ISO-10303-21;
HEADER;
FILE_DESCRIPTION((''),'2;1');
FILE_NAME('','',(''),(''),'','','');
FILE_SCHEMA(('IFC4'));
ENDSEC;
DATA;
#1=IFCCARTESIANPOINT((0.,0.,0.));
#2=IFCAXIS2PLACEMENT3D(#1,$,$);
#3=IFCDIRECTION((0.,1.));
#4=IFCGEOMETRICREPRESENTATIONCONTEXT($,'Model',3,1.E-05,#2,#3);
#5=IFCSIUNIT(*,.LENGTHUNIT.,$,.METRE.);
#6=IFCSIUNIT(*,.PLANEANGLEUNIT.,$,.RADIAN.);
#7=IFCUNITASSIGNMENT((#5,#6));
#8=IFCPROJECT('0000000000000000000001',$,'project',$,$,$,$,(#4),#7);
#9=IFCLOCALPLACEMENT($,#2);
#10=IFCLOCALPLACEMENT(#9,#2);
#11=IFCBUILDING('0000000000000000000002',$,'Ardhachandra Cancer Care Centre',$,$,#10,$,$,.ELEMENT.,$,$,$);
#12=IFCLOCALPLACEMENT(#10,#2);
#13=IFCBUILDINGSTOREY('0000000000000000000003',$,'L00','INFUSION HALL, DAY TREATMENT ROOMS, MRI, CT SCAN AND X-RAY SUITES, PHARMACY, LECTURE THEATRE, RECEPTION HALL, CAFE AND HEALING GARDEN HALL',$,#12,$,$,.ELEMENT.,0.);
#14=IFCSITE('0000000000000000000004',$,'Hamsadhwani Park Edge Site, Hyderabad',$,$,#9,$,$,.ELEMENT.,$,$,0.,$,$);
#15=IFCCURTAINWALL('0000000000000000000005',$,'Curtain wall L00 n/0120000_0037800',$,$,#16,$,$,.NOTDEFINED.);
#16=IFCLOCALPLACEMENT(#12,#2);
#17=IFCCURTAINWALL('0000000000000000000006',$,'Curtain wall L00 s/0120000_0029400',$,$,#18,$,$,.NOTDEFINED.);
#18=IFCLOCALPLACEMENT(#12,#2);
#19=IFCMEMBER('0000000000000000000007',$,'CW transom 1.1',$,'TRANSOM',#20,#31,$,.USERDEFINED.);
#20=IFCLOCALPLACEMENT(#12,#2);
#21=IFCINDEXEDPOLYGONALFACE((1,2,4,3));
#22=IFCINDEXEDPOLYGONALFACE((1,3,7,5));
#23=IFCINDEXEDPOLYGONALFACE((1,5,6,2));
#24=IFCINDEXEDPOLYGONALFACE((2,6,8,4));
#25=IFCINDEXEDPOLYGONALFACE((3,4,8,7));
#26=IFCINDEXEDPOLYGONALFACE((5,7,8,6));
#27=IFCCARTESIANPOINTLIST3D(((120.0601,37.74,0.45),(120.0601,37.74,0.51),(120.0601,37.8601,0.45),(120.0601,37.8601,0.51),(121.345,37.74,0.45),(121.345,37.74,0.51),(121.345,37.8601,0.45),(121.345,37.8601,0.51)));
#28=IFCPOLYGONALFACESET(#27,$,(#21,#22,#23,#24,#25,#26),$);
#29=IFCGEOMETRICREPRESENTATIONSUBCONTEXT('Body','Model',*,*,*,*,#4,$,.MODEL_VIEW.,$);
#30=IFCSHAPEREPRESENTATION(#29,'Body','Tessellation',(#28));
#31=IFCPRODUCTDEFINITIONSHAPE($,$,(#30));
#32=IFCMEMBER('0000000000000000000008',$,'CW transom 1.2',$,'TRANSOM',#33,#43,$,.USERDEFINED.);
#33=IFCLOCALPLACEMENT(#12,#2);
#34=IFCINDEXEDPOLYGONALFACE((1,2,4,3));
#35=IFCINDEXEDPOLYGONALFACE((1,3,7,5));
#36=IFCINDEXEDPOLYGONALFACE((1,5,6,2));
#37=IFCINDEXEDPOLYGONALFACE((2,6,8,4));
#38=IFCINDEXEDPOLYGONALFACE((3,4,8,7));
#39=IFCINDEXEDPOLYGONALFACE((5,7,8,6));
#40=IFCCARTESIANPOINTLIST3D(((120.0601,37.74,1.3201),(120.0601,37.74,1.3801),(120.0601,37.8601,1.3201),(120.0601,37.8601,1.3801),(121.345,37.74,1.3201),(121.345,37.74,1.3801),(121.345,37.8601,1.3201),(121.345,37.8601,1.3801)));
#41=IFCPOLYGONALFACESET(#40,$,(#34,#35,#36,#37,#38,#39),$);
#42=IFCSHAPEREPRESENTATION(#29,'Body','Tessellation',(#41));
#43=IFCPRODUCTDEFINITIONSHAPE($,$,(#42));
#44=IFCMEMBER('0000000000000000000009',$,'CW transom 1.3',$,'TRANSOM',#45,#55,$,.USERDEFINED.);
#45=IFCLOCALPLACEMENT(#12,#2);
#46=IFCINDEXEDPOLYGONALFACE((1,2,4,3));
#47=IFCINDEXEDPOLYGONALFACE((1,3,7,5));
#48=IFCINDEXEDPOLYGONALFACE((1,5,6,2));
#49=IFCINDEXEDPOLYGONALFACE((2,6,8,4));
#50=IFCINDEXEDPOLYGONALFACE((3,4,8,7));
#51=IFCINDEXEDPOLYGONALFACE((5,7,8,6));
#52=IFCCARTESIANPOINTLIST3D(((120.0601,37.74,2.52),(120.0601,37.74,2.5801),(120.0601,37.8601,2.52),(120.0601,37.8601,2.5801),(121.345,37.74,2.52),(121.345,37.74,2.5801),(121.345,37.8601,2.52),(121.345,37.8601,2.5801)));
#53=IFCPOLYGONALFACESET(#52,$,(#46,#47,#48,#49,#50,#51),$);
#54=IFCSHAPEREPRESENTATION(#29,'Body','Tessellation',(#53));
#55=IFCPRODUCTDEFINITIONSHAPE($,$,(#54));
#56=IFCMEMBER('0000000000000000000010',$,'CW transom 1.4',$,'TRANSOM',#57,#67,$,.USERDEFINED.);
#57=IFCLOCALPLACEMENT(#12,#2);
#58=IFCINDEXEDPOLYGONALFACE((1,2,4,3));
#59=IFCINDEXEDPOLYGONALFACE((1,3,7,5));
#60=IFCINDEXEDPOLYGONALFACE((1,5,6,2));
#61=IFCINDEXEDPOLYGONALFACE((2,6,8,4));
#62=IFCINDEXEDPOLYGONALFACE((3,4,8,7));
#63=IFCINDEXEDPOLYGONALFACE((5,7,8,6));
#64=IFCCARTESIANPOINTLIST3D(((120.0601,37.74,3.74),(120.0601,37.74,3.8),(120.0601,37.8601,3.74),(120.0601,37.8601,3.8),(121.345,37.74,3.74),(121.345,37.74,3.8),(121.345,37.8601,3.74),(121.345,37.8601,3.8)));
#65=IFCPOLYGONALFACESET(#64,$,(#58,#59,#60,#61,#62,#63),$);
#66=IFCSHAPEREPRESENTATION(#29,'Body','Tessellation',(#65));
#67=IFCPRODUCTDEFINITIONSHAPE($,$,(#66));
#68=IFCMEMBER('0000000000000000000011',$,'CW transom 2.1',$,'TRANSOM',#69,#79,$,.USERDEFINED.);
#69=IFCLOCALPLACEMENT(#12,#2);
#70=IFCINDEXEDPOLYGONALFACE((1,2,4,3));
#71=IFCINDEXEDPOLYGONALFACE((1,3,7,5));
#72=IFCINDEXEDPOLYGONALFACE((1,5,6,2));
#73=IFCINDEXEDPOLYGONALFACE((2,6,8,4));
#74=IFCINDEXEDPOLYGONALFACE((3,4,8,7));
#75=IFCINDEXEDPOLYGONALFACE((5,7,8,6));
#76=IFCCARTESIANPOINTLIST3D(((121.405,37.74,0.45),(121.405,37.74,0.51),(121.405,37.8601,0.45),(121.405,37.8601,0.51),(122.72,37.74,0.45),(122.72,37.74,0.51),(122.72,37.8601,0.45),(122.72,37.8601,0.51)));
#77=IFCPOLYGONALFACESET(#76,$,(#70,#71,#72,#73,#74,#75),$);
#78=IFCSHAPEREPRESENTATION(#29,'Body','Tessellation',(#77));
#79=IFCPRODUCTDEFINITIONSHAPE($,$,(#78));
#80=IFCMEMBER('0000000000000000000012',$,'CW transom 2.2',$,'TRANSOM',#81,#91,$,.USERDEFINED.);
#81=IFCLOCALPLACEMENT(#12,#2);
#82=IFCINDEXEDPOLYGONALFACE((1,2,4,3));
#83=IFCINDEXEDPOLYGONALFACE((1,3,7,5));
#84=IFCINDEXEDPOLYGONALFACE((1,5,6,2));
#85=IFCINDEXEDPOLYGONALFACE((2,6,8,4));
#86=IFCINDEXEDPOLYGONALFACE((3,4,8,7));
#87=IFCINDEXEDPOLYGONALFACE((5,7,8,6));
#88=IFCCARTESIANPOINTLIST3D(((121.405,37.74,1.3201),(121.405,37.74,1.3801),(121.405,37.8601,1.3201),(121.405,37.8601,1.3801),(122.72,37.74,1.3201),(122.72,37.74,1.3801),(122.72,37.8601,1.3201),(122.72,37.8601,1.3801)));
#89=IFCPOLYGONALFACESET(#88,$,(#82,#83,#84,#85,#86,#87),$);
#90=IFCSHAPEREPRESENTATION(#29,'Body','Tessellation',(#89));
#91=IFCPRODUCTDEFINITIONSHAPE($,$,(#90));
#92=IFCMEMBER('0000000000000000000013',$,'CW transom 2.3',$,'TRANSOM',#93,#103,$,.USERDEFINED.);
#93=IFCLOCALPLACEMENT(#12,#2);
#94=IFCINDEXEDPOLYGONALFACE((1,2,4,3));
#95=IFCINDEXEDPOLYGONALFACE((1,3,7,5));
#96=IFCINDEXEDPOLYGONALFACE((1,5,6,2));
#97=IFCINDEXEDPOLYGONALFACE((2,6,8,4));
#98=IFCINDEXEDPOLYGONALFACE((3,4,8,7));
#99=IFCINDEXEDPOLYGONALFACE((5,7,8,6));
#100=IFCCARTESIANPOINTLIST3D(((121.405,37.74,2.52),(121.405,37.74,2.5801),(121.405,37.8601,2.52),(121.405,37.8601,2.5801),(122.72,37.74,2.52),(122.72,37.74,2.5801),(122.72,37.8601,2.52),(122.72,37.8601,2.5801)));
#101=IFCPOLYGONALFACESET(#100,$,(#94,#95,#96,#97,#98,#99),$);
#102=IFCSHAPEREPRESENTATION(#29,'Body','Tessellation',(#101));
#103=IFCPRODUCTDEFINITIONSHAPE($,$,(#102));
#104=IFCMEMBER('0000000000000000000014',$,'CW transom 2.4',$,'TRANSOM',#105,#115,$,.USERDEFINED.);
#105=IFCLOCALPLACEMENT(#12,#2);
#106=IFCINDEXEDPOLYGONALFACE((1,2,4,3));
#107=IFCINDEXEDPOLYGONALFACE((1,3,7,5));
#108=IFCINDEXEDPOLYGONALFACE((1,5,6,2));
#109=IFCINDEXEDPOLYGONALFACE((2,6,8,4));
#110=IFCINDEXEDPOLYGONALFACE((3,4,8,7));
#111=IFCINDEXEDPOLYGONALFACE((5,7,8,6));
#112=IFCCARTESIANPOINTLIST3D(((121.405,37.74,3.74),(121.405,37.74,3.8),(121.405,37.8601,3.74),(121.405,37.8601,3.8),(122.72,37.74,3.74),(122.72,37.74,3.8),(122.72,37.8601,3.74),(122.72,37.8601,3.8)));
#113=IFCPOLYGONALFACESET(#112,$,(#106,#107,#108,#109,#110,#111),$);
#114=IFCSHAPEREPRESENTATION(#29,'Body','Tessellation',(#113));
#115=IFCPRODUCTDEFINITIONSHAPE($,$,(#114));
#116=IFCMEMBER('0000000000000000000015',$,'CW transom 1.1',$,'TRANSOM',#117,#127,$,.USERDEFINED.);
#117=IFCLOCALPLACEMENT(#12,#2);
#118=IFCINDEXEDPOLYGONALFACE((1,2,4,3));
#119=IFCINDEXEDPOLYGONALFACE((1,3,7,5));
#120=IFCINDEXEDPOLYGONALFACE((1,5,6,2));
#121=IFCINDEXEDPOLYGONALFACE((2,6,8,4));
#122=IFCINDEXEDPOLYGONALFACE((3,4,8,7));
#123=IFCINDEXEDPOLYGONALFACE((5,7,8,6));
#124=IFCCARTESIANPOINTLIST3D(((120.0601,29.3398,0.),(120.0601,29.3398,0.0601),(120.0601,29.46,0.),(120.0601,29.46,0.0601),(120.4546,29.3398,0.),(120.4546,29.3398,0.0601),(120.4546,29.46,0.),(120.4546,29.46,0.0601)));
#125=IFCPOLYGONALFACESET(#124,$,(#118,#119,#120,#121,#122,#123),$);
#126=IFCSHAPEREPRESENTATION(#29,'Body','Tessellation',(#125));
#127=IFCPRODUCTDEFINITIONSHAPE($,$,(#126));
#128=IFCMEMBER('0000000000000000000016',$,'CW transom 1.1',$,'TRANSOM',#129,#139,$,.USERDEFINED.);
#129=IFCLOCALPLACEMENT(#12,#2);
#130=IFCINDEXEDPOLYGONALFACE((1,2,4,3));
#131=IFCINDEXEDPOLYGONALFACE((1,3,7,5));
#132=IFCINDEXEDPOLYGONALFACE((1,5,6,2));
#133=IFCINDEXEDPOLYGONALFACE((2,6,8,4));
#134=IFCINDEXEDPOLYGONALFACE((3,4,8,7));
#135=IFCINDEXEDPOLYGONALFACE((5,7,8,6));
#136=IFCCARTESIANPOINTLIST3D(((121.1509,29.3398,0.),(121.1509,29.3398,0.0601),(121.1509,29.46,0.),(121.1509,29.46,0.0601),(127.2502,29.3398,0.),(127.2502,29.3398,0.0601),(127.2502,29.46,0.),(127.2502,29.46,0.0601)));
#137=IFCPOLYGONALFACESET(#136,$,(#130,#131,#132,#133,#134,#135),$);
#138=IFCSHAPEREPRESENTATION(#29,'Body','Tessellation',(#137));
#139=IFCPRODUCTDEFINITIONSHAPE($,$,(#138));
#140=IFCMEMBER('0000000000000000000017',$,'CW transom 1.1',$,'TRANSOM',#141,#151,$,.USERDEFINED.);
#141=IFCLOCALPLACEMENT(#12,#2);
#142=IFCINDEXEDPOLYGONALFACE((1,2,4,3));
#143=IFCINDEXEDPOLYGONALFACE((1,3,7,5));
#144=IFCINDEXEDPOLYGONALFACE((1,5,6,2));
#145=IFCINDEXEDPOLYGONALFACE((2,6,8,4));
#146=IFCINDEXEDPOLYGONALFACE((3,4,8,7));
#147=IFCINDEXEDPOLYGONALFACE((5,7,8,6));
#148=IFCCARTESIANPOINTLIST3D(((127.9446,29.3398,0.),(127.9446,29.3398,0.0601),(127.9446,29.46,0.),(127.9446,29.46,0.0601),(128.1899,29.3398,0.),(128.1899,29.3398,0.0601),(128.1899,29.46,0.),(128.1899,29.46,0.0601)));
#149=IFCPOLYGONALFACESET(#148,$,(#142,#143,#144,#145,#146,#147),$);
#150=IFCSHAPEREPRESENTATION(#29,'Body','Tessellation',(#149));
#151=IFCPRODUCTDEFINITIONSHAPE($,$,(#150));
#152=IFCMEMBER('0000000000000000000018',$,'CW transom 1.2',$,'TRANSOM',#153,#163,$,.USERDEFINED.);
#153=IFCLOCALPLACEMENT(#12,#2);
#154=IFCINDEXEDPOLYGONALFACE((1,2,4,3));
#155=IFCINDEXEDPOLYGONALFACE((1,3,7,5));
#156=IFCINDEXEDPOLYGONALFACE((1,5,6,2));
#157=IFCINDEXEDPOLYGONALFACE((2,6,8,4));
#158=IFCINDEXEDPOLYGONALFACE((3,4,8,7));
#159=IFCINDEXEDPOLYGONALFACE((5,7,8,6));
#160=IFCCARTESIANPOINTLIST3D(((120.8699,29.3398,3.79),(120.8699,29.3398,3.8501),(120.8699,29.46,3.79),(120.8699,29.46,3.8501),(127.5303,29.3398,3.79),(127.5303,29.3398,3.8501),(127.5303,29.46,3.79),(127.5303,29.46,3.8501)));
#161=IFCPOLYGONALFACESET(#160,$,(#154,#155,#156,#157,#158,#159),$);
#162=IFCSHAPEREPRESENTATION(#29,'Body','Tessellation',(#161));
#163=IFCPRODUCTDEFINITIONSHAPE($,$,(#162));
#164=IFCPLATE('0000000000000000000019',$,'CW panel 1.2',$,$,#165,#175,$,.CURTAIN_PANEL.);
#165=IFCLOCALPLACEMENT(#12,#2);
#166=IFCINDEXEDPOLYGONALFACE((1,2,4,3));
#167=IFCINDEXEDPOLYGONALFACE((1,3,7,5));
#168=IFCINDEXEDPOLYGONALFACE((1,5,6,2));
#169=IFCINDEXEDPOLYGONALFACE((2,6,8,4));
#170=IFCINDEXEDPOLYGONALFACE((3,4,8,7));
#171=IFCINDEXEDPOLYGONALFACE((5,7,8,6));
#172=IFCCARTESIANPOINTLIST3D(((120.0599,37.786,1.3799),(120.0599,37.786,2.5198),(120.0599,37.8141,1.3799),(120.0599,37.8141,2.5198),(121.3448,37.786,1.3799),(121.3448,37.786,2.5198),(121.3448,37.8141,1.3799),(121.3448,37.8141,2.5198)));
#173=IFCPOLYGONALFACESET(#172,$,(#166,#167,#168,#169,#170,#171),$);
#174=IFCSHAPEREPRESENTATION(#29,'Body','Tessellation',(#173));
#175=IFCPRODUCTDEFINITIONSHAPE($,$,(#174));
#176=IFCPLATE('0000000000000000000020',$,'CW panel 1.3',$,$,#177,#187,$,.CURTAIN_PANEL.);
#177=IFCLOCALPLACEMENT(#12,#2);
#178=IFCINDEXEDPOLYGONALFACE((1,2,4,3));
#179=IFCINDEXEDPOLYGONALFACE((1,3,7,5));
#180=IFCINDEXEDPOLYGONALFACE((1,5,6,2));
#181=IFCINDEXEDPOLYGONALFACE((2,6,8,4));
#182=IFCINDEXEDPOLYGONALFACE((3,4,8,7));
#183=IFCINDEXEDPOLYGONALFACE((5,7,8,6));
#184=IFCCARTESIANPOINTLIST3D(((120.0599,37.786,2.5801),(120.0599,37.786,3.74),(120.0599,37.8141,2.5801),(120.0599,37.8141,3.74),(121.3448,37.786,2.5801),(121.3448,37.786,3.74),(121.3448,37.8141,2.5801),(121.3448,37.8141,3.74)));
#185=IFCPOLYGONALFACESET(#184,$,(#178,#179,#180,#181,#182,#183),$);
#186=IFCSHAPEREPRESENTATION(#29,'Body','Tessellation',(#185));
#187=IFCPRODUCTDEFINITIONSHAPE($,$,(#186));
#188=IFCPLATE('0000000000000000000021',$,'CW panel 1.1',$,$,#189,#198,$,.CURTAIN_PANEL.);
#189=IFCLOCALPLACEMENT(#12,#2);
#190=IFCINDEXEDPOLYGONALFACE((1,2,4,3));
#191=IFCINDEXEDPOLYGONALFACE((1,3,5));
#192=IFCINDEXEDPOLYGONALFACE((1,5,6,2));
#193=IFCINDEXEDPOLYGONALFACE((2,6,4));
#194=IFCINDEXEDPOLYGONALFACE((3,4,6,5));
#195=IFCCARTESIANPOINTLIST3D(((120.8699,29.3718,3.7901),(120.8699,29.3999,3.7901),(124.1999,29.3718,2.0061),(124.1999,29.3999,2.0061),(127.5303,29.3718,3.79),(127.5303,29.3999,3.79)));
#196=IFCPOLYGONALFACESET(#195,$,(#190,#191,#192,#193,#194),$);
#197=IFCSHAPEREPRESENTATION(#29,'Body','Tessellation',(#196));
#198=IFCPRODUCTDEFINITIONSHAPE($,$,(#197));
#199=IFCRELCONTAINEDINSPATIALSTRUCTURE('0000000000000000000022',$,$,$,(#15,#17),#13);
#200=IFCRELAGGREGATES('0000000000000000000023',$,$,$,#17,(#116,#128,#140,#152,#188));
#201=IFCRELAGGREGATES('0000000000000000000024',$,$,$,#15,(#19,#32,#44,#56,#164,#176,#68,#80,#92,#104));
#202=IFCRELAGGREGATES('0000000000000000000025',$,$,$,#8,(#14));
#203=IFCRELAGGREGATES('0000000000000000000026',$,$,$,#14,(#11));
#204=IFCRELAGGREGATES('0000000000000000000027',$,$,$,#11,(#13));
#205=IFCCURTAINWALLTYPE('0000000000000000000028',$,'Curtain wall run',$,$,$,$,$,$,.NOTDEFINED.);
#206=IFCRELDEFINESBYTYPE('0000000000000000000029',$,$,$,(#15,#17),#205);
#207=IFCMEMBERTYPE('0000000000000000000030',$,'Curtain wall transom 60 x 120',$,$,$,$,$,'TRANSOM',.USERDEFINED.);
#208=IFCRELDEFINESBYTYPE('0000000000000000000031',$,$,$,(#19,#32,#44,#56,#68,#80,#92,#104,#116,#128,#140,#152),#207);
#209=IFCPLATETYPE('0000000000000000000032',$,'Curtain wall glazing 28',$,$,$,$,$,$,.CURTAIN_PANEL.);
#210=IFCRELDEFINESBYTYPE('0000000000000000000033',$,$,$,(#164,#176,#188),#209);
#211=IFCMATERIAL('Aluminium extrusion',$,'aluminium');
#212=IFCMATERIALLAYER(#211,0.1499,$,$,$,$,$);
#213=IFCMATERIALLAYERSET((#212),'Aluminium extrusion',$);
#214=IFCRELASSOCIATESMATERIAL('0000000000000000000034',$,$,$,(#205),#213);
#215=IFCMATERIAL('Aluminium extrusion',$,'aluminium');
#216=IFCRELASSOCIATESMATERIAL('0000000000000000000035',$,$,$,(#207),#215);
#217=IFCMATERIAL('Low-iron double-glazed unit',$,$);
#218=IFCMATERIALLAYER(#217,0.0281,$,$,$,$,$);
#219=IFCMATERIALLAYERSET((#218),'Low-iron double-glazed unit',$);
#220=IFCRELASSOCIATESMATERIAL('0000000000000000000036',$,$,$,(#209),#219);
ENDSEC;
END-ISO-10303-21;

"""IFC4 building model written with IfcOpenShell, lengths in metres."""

from ifc_helpers import new_model, si_unit, direction, frame, origin, origin_2d, place, context, subcontext, project, spatial, polyline, rectangle, outline, extrude, material, layer, layer_set, material_profile, profile_set, type_object, element, aggregate, save


model = new_model("IFC4")

# Units and contexts
model_context = context("Model", 3, precision=1e-05, world=origin(), true_north=direction((0.0, 1.0)))
body_context = subcontext(model_context, "Body", "Model", "MODEL_VIEW")
ifc_project = project(units=[si_unit("LENGTHUNIT", "METRE"), si_unit("PLANEANGLEUNIT", "RADIAN")], contexts=[model_context])

# Site, building, storey
site_placement = place(None, origin())
site = spatial("IfcSite", under=ifc_project, at=site_placement, Name="Hamsadhwani Park Edge Site, Hyderabad", CompositionType="ELEMENT", RefElevation=0.0)
building_placement = place(site_placement, origin())
building = spatial("IfcBuilding", under=site, at=building_placement, Name="Ardhachandra Cancer Care Centre", CompositionType="ELEMENT")
storey_placement = place(building_placement, origin())
storey = spatial("IfcBuildingStorey", under=building, at=storey_placement, Name="L00", Description="INFUSION HALL, DAY TREATMENT ROOMS, MRI, CT SCAN AND X-RAY SUITES, PHARMACY, LECTURE THEATRE, RECEPTION HALL, CAFE AND HEALING GARDEN HALL", CompositionType="ELEMENT", Elevation=0.0)

# Curtain wall
ifc_material_1 = material(Name="Aluminium extrusion", Category="aluminium")
ifc_layer_1 = layer(ifc_material_1, 0.1499)
ifc_layer_set_1 = layer_set([ifc_layer_1], Name="Aluminium extrusion")
curtain_wall_type = type_object("IfcCurtainWallType", Name="Curtain wall run", PredefinedType="NOTDEFINED", material=ifc_layer_set_1)
curtain_wall_1_placement = place(storey_placement, origin())
curtain_wall_1 = element("IfcCurtainWall", 1, at=curtain_wall_1_placement, inside=storey, type_object=curtain_wall_type, Name="Curtain wall L00 n/0120000_0037800", PredefinedType="NOTDEFINED")

# Curtain wall
curtain_wall_2_placement = place(storey_placement, origin())
curtain_wall_2 = element("IfcCurtainWall", 2, at=curtain_wall_2_placement, inside=storey, type_object=curtain_wall_type, Name="Curtain wall L00 s/0120000_0029400", PredefinedType="NOTDEFINED")

# Members
ifc_material_2 = material(Name="Aluminium extrusion", Category="aluminium")
ifc_material_profile_1 = material_profile(ifc_material_2, rectangle(XDim=0.1201, YDim=0.0601, at=origin_2d()), Name="Curtain wall transom 60 x 120")
ifc_profile_set_1 = profile_set([ifc_material_profile_1], Name="Aluminium extrusion")
member_type_1 = type_object("IfcMemberType", Name="Curtain wall transom 60 x 120", ElementType="TRANSOM", PredefinedType="USERDEFINED", material=ifc_profile_set_1)
member_1_placement = place(storey_placement, frame((120.0601, 37.8, 0.48), z_axis=(1.0, 0.0, 0.0), x_axis=(0.0, 1.0, 0.0)))
member_1 = element("IfcMember", 3, at=member_1_placement, type_object=member_type_1, Name="CW transom 1.1", ObjectType="TRANSOM", PredefinedType="USERDEFINED", context=body_context, shape_type="SweptSolid", body=[
    extrude(rectangle(XDim=0.1201, YDim=0.0601, at=origin_2d()), origin(), (0.0, 0.0, 1.0), 1.2849),
])
member_2_placement = place(storey_placement, frame((120.0601, 37.8, 1.3501), z_axis=(1.0, 0.0, 0.0), x_axis=(0.0, 1.0, 0.0)))
member_2 = element("IfcMember", 4, at=member_2_placement, type_object=member_type_1, Name="CW transom 1.2", ObjectType="TRANSOM", PredefinedType="USERDEFINED", context=body_context, shape_type="SweptSolid", body=[
    extrude(rectangle(XDim=0.1201, YDim=0.0601, at=origin_2d()), origin(), (0.0, 0.0, 1.0), 1.2849),
])
member_3_placement = place(storey_placement, frame((120.0601, 37.8, 2.55), z_axis=(1.0, 0.0, 0.0), x_axis=(0.0, 1.0, 0.0)))
member_3 = element("IfcMember", 5, at=member_3_placement, type_object=member_type_1, Name="CW transom 1.3", ObjectType="TRANSOM", PredefinedType="USERDEFINED", context=body_context, shape_type="SweptSolid", body=[
    extrude(rectangle(XDim=0.1201, YDim=0.0601, at=origin_2d()), origin(), (0.0, 0.0, 1.0), 1.2849),
])
member_4_placement = place(storey_placement, frame((120.0601, 37.8, 3.77), z_axis=(1.0, 0.0, 0.0), x_axis=(0.0, 1.0, 0.0)))
member_4 = element("IfcMember", 6, at=member_4_placement, type_object=member_type_1, Name="CW transom 1.4", ObjectType="TRANSOM", PredefinedType="USERDEFINED", context=body_context, shape_type="SweptSolid", body=[
    extrude(rectangle(XDim=0.1201, YDim=0.0601, at=origin_2d()), origin(), (0.0, 0.0, 1.0), 1.2849),
])
member_5_placement = place(storey_placement, frame((121.405, 37.8, 0.48), z_axis=(1.0, 0.0, 0.0), x_axis=(0.0, 1.0, 0.0)))
member_5 = element("IfcMember", 7, at=member_5_placement, type_object=member_type_1, Name="CW transom 2.1", ObjectType="TRANSOM", PredefinedType="USERDEFINED", context=body_context, shape_type="SweptSolid", body=[
    extrude(rectangle(XDim=0.1201, YDim=0.0601, at=origin_2d()), origin(), (0.0, 0.0, 1.0), 1.3149),
])
member_6_placement = place(storey_placement, frame((121.405, 37.8, 1.3501), z_axis=(1.0, 0.0, 0.0), x_axis=(0.0, 1.0, 0.0)))
member_6 = element("IfcMember", 8, at=member_6_placement, type_object=member_type_1, Name="CW transom 2.2", ObjectType="TRANSOM", PredefinedType="USERDEFINED", context=body_context, shape_type="SweptSolid", body=[
    extrude(rectangle(XDim=0.1201, YDim=0.0601, at=origin_2d()), origin(), (0.0, 0.0, 1.0), 1.3149),
])
member_7_placement = place(storey_placement, frame((121.405, 37.8, 2.55), z_axis=(1.0, 0.0, 0.0), x_axis=(0.0, 1.0, 0.0)))
member_7 = element("IfcMember", 9, at=member_7_placement, type_object=member_type_1, Name="CW transom 2.3", ObjectType="TRANSOM", PredefinedType="USERDEFINED", context=body_context, shape_type="SweptSolid", body=[
    extrude(rectangle(XDim=0.1201, YDim=0.0601, at=origin_2d()), origin(), (0.0, 0.0, 1.0), 1.3149),
])
member_8_placement = place(storey_placement, frame((121.405, 37.8, 3.77), z_axis=(1.0, 0.0, 0.0), x_axis=(0.0, 1.0, 0.0)))
member_8 = element("IfcMember", 10, at=member_8_placement, type_object=member_type_1, Name="CW transom 2.4", ObjectType="TRANSOM", PredefinedType="USERDEFINED", context=body_context, shape_type="SweptSolid", body=[
    extrude(rectangle(XDim=0.1201, YDim=0.0601, at=origin_2d()), origin(), (0.0, 0.0, 1.0), 1.3149),
])
member_9_placement = place(storey_placement, frame((120.0601, 29.3999, 0.03), z_axis=(1.0, 0.0, 0.0), x_axis=(0.0, 1.0, 0.0)))
member_9 = element("IfcMember", 11, at=member_9_placement, type_object=member_type_1, Name="CW transom 1.1", ObjectType="TRANSOM", PredefinedType="USERDEFINED", context=body_context, shape_type="SweptSolid", body=[
    extrude(rectangle(XDim=0.1201, YDim=0.0601, at=origin_2d()), origin(), (0.0, 0.0, 1.0), 0.3945),
])
member_10_placement = place(storey_placement, frame((121.1509, 29.3999, 0.03), z_axis=(1.0, 0.0, 0.0), x_axis=(0.0, 1.0, 0.0)))
member_10 = element("IfcMember", 12, at=member_10_placement, type_object=member_type_1, Name="CW transom 1.1", ObjectType="TRANSOM", PredefinedType="USERDEFINED", context=body_context, shape_type="SweptSolid", body=[
    extrude(rectangle(XDim=0.1201, YDim=0.0601, at=origin_2d()), origin(), (0.0, 0.0, 1.0), 6.0994),
])
member_11_placement = place(storey_placement, frame((127.9446, 29.3999, 0.03), z_axis=(1.0, 0.0, 0.0), x_axis=(0.0, 1.0, 0.0)))
member_11 = element("IfcMember", 13, at=member_11_placement, type_object=member_type_1, Name="CW transom 1.1", ObjectType="TRANSOM", PredefinedType="USERDEFINED", context=body_context, shape_type="SweptSolid", body=[
    extrude(rectangle(XDim=0.1201, YDim=0.0601, at=origin_2d()), origin(), (0.0, 0.0, 1.0), 0.2454),
])
member_12_placement = place(storey_placement, frame((120.8699, 29.3999, 3.8201), z_axis=(1.0, 0.0, 0.0), x_axis=(0.0, 1.0, 0.0)))
member_12 = element("IfcMember", 14, at=member_12_placement, type_object=member_type_1, Name="CW transom 1.2", ObjectType="TRANSOM", PredefinedType="USERDEFINED", context=body_context, shape_type="SweptSolid", body=[
    extrude(rectangle(XDim=0.1201, YDim=0.0601, at=origin_2d()), origin(), (0.0, 0.0, 1.0), 6.6604),
])

# Plates
ifc_material_3 = material(Name="Low-iron double-glazed unit")
ifc_layer_2 = layer(ifc_material_3, 0.0281)
ifc_layer_set_2 = layer_set([ifc_layer_2], Name="Low-iron double-glazed unit")
plate_type_1 = type_object("IfcPlateType", Name="Curtain wall glazing 28", PredefinedType="CURTAIN_PANEL", material=ifc_layer_set_2)
plate_1_placement = place(storey_placement, frame((120.7024, 37.8, 1.3799), z_axis=(0.0, 0.0, 1.0), x_axis=(1.0, 0.0, 0.0)))
plate_1 = element("IfcPlate", 15, at=plate_1_placement, type_object=plate_type_1, Name="CW panel 1.2", PredefinedType="CURTAIN_PANEL", context=body_context, shape_type="SweptSolid", body=[
    extrude(rectangle(XDim=1.2849, YDim=0.0281, at=origin_2d()), origin(), (0.0, 0.0, 1.0), 1.1399),
])
plate_2_placement = place(storey_placement, frame((120.7024, 37.8, 2.5801), z_axis=(0.0, 0.0, 1.0), x_axis=(1.0, 0.0, 0.0)))
plate_2 = element("IfcPlate", 16, at=plate_2_placement, type_object=plate_type_1, Name="CW panel 1.3", PredefinedType="CURTAIN_PANEL", context=body_context, shape_type="SweptSolid", body=[
    extrude(rectangle(XDim=1.2849, YDim=0.0281, at=origin_2d()), origin(), (0.0, 0.0, 1.0), 1.1599),
])
plate_3_placement = place(storey_placement, frame((127.5303, 29.3999, 3.79), z_axis=(0.0, 1.0, 0.0), x_axis=(-0.881498, 0.0, -0.472187)))
plate_3 = element("IfcPlate", 17, at=plate_3_placement, type_object=plate_type_1, Name="CW panel 1.1", PredefinedType="CURTAIN_PANEL", context=body_context, shape_type="SweptSolid", body=[
    extrude(outline(polyline([(0.0, 0.0), (3.7781, 0.0), (5.8711, 3.145), (0.0, 0.0)])), frame((0.0, 0.0, -0.0281)), (0.0, 0.0, 1.0), 0.0281),
])
aggregate(curtain_wall_2, [member_9, member_10, member_11, member_12, plate_3])
aggregate(curtain_wall_1, [member_1, member_2, member_3, member_4, plate_1, plate_2, member_5, member_6, member_7, member_8])

save(model, "model.ifc")
